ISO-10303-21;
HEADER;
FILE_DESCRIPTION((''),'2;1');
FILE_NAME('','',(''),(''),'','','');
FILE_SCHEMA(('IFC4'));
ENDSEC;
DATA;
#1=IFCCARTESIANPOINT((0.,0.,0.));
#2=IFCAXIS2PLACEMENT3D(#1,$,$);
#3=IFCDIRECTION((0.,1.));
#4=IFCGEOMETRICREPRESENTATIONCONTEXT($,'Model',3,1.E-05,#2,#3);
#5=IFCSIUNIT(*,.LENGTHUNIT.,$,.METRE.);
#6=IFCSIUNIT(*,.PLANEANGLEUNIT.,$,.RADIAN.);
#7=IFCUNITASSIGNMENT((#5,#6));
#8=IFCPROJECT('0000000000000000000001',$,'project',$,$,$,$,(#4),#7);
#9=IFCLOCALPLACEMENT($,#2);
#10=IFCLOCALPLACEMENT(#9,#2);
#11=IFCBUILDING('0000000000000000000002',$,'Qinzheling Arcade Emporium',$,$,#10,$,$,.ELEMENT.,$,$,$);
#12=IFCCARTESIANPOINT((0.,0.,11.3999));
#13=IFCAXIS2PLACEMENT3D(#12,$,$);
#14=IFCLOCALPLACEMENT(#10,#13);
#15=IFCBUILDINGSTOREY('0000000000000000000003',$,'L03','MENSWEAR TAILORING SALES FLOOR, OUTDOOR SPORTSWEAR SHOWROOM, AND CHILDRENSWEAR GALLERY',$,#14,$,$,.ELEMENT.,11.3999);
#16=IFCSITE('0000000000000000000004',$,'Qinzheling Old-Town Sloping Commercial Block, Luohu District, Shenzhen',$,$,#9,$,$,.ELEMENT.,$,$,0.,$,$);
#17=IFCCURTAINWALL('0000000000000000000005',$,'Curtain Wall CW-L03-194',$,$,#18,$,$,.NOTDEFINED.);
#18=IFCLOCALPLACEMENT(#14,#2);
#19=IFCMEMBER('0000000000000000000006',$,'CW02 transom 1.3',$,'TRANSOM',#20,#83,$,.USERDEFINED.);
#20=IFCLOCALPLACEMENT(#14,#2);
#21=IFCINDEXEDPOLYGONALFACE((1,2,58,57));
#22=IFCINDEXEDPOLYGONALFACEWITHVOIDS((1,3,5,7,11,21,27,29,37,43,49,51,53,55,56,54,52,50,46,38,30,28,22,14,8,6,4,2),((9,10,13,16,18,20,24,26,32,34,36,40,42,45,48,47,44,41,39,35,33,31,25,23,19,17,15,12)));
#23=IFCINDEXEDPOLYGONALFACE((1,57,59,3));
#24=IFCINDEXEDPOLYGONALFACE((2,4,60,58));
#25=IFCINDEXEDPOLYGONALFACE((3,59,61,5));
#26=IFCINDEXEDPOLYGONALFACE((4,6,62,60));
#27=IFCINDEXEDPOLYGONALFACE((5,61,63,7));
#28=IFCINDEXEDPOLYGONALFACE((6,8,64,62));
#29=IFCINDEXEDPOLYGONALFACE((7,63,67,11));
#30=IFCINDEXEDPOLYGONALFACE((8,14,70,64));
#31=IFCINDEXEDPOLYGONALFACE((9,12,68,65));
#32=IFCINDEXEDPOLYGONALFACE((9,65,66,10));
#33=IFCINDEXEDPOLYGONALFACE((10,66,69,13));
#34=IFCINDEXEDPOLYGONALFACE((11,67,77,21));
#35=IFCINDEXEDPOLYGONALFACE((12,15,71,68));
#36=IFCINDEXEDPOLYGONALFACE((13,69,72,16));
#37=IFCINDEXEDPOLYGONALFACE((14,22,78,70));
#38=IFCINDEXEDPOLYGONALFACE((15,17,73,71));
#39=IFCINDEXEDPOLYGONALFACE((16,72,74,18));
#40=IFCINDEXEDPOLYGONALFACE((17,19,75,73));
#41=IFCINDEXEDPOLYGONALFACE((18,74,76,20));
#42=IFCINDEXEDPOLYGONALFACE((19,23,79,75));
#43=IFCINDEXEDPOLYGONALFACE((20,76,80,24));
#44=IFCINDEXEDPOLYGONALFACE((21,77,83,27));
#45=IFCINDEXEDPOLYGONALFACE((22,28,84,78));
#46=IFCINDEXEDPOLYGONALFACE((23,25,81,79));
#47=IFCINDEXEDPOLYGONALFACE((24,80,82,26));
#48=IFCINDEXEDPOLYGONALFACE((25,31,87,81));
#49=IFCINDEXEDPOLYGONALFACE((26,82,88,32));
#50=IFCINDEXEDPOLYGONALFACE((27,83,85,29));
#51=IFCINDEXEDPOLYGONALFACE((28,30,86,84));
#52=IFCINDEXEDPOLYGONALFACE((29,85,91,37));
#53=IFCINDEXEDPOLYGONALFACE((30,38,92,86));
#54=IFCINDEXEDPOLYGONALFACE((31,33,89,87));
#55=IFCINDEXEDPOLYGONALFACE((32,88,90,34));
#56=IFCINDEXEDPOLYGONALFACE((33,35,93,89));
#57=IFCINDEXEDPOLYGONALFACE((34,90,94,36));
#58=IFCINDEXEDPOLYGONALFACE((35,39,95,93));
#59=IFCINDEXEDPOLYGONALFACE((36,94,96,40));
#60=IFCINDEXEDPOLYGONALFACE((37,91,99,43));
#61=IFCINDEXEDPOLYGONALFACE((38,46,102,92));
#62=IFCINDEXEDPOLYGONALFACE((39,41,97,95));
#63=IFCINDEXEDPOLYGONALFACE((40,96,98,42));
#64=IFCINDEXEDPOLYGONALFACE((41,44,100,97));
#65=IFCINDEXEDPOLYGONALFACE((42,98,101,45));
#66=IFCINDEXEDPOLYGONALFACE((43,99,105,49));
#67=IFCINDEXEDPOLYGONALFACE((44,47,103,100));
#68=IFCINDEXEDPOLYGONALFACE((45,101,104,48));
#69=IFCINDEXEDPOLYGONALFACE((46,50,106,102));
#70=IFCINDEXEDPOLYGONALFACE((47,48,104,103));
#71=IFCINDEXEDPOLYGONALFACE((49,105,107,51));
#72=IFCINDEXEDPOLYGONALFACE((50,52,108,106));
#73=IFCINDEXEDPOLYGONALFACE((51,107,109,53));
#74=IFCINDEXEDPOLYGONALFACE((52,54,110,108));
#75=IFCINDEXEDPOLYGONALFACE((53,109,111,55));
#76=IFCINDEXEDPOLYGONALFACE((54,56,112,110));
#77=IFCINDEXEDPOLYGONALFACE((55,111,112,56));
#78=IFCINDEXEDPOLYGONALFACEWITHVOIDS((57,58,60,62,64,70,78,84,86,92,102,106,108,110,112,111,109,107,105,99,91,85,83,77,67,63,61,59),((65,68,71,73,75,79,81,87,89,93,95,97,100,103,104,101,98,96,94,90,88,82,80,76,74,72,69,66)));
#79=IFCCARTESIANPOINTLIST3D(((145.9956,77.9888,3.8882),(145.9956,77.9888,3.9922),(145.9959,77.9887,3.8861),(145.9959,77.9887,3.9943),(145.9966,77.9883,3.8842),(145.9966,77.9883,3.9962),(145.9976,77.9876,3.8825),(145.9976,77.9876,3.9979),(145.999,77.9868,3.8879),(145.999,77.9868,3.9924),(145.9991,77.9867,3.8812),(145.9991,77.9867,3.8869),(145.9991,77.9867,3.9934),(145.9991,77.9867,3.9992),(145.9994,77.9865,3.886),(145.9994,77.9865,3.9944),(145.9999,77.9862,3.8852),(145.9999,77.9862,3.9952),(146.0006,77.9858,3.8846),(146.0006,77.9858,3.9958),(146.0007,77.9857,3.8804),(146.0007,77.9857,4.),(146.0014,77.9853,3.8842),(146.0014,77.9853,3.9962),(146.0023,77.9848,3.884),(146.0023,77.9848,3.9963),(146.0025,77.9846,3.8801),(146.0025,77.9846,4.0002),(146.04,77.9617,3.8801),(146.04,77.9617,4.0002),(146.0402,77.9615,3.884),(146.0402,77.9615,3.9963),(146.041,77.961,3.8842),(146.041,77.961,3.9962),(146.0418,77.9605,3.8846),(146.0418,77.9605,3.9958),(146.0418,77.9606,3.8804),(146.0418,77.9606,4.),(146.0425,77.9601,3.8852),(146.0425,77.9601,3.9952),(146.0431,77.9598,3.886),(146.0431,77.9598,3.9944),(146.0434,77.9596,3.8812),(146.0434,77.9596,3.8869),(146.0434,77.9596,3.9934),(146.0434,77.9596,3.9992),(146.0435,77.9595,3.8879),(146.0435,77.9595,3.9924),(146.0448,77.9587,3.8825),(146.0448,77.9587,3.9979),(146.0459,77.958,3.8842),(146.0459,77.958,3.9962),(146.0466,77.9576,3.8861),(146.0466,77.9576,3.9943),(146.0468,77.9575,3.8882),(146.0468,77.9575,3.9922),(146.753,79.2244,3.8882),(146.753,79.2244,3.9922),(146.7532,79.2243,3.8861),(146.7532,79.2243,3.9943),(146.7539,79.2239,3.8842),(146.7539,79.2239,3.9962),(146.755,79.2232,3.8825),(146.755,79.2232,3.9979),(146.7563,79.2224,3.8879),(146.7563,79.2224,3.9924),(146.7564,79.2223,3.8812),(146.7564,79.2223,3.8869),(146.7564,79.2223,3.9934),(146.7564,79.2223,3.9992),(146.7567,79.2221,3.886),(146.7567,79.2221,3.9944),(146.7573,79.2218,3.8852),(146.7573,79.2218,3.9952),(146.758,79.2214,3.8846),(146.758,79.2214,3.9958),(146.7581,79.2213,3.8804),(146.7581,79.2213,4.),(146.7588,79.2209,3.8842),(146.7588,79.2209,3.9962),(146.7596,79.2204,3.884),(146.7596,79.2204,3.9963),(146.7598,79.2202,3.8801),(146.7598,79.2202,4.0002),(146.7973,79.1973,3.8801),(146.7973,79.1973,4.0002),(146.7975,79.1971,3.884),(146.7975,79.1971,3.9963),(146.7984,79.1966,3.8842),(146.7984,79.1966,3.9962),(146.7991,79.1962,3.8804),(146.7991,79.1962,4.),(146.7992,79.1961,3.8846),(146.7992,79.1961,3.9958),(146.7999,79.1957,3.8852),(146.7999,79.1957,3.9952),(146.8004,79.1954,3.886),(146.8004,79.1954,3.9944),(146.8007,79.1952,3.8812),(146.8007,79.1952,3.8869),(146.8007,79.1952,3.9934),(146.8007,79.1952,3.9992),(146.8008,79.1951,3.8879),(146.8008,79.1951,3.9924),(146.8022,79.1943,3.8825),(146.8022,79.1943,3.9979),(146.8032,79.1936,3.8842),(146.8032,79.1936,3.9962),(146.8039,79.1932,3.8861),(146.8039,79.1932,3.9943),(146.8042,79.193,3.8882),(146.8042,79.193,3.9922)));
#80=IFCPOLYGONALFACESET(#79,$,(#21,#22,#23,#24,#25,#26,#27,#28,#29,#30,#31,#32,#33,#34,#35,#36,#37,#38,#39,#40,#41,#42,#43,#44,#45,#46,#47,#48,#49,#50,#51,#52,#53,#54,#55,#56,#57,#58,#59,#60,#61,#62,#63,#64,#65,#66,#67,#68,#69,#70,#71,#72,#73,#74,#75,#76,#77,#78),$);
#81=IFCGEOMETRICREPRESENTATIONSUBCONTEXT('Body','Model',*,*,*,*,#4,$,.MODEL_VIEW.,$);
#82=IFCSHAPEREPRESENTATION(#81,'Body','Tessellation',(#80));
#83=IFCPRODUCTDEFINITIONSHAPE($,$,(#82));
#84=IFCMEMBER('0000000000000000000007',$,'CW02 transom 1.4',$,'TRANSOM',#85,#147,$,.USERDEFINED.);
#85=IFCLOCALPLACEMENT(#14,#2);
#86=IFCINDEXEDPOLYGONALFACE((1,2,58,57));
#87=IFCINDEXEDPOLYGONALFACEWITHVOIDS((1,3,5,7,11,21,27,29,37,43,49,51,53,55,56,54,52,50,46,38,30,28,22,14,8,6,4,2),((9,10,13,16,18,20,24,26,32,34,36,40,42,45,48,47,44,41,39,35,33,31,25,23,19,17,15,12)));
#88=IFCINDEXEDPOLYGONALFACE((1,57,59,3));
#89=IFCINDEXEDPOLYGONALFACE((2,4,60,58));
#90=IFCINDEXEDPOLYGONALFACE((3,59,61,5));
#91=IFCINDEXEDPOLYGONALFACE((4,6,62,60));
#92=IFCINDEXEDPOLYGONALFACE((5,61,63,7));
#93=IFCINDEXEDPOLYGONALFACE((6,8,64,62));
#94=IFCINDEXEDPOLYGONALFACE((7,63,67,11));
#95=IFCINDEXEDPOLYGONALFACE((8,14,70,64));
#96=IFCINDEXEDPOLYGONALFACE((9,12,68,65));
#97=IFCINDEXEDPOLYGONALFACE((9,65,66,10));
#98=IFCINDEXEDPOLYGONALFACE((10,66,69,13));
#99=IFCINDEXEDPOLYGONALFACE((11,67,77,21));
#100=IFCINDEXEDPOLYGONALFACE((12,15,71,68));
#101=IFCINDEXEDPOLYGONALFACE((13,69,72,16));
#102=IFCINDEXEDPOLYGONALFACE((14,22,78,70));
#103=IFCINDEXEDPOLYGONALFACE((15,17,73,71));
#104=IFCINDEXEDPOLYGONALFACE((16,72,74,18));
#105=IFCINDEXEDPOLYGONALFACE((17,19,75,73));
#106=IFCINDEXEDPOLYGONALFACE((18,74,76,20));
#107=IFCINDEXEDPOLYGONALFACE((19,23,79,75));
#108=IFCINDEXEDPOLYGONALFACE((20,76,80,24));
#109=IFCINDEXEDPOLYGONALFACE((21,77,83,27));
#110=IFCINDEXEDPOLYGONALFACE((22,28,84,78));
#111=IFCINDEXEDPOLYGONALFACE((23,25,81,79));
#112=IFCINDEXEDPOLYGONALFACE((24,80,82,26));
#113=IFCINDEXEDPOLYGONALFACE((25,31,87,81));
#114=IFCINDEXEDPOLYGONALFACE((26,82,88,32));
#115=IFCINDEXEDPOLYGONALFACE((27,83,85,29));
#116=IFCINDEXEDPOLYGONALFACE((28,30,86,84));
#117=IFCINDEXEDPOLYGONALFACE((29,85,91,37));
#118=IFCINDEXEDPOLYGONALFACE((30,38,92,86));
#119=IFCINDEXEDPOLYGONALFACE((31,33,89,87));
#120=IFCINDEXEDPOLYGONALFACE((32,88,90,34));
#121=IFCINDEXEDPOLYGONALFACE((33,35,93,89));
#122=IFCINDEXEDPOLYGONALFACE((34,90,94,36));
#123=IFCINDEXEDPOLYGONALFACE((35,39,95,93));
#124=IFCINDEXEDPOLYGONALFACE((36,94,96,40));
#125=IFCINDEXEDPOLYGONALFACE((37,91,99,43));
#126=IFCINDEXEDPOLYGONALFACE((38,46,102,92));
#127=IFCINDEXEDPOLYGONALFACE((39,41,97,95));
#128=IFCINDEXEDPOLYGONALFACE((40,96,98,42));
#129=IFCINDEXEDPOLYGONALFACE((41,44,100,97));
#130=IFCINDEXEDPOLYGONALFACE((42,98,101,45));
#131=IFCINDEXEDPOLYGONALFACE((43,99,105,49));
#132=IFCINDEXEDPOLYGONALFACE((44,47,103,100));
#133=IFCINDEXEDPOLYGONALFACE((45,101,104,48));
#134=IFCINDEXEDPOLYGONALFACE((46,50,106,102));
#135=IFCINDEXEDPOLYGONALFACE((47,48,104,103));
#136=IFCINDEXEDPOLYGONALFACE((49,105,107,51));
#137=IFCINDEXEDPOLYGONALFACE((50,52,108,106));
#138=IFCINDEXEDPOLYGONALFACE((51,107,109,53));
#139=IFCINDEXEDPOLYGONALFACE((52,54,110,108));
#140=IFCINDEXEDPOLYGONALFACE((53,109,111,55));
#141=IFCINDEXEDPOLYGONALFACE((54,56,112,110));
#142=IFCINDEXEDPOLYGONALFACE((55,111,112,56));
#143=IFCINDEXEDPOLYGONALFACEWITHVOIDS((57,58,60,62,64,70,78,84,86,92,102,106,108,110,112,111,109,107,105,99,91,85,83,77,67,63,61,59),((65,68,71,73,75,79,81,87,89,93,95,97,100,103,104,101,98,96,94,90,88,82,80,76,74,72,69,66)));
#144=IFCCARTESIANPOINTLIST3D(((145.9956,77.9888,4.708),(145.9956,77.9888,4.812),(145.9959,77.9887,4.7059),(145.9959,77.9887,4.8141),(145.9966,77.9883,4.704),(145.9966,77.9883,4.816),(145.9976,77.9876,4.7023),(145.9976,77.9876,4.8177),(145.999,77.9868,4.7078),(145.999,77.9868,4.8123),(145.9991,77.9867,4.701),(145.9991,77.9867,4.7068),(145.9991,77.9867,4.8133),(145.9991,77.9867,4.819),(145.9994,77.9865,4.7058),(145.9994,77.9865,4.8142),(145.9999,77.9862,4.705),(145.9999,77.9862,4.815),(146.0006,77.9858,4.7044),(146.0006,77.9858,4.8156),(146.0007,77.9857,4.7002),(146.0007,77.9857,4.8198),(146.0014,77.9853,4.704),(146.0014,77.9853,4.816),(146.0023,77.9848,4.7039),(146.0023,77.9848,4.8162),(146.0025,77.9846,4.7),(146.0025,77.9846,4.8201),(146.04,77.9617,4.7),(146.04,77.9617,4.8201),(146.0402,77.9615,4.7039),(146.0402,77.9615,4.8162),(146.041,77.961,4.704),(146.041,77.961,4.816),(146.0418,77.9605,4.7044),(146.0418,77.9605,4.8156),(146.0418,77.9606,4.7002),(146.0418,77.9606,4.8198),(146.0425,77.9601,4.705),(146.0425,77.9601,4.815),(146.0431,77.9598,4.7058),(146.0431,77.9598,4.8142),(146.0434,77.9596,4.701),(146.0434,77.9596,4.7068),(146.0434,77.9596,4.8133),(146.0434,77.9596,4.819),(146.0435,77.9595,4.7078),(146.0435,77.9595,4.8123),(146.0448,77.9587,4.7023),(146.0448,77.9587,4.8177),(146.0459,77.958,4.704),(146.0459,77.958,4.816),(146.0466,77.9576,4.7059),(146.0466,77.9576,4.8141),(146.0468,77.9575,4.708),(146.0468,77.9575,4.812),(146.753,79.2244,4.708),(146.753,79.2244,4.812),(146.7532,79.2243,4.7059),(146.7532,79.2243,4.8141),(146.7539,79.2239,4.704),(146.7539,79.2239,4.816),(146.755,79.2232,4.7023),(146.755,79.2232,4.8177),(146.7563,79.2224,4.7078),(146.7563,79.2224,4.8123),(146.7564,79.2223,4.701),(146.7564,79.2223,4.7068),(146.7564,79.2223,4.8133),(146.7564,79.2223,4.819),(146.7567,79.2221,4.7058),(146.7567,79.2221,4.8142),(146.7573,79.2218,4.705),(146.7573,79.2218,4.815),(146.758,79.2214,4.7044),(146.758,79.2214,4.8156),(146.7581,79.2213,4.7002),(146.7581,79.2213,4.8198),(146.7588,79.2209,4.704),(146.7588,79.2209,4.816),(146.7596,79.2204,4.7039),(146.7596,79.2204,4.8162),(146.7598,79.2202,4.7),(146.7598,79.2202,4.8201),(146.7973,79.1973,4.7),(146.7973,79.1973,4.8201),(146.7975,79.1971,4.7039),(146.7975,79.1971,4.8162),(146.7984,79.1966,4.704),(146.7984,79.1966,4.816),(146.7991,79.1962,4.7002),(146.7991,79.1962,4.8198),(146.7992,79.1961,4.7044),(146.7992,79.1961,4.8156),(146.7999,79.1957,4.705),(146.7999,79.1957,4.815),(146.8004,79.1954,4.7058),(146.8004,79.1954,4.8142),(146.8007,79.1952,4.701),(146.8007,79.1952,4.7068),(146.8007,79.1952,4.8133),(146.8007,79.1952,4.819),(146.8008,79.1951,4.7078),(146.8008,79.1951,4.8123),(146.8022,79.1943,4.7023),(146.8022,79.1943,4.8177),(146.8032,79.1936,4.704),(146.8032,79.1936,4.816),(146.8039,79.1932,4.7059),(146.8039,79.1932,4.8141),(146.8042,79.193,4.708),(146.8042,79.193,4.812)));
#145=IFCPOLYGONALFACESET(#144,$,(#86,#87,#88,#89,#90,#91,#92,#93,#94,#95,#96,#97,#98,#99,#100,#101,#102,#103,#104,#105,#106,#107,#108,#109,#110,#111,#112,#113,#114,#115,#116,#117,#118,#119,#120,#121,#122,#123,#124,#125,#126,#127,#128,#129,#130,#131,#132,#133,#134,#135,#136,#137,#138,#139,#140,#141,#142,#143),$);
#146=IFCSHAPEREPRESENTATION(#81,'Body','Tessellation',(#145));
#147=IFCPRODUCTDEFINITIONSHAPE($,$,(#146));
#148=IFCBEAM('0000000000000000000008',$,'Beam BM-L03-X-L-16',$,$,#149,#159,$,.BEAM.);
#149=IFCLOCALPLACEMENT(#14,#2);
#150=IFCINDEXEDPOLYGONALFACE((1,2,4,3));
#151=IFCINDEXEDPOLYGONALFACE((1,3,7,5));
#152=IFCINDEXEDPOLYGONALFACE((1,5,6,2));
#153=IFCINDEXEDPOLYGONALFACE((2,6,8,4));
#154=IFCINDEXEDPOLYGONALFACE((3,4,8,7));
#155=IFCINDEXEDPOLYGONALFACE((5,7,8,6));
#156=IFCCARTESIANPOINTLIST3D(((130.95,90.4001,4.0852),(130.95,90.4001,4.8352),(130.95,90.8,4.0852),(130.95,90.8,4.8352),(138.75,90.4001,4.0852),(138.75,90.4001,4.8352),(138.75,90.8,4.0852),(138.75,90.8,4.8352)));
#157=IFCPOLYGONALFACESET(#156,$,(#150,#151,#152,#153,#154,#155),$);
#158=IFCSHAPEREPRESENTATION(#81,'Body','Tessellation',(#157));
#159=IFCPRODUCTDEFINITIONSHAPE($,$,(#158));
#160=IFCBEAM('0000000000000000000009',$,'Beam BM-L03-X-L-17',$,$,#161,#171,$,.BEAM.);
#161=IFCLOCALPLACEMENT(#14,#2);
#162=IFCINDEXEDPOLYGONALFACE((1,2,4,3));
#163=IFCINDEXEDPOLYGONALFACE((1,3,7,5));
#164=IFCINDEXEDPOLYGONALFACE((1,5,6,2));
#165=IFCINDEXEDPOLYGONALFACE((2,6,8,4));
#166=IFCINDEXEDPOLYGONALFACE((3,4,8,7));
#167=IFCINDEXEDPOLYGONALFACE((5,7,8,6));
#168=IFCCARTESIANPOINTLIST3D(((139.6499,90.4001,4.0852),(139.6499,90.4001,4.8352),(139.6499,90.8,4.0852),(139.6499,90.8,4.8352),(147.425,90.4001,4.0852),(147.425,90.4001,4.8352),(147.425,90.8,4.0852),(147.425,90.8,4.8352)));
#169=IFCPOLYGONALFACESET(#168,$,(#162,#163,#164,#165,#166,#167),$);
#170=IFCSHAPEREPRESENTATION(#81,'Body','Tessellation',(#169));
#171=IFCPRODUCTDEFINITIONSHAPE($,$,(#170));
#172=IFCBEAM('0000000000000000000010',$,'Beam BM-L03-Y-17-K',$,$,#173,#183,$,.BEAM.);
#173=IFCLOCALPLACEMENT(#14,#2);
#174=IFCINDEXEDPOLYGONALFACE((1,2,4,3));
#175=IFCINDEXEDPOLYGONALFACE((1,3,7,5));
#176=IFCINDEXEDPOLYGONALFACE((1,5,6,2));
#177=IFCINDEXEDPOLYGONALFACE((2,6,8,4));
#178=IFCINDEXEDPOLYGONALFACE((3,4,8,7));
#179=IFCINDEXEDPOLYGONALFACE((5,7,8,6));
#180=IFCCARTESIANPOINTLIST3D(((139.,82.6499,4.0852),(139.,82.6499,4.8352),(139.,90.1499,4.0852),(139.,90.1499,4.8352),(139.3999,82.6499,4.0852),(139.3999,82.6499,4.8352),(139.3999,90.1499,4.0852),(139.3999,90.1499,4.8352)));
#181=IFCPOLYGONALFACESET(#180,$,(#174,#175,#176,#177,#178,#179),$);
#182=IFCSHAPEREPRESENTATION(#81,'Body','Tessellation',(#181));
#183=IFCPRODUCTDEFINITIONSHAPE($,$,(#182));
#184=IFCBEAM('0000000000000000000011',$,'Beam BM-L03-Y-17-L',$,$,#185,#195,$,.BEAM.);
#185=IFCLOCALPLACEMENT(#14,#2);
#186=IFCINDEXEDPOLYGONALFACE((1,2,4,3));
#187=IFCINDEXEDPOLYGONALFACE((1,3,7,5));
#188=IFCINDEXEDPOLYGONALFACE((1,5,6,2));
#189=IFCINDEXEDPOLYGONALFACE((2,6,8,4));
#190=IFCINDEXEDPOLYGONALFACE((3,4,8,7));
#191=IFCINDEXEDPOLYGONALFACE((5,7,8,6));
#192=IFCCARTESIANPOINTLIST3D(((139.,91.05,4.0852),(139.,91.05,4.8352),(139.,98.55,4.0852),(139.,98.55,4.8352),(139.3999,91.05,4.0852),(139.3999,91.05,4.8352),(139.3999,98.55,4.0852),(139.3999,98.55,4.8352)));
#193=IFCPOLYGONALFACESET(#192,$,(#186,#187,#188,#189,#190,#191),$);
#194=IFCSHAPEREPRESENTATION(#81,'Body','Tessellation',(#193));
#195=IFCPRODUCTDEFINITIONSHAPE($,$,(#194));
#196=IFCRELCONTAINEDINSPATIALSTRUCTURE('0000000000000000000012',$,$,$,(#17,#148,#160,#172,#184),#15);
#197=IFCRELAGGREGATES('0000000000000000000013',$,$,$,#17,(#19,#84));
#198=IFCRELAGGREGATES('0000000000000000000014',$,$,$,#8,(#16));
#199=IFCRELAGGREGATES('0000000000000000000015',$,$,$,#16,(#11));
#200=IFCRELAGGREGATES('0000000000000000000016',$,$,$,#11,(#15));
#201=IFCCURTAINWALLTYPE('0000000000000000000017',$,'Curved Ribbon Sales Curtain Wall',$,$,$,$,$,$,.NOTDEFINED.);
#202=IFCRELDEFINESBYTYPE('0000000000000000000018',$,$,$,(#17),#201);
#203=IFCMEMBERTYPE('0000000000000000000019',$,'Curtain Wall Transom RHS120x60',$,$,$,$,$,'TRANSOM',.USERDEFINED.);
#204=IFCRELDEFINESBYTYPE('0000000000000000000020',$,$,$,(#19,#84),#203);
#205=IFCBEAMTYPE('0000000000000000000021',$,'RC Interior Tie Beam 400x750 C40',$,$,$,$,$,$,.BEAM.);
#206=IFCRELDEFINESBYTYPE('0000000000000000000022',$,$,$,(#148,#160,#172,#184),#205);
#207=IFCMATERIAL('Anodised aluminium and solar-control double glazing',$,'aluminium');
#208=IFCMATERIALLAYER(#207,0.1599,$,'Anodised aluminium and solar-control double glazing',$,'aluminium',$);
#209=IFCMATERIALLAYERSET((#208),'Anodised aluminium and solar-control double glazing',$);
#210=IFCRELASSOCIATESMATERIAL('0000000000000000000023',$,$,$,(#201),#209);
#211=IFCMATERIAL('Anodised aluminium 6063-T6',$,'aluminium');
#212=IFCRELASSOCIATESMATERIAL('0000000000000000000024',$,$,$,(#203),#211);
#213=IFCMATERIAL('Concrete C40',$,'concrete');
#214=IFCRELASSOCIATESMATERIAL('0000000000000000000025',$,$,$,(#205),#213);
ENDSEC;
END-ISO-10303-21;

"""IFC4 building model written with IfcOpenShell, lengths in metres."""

from ifc_helpers import new_model, si_unit, direction, frame, origin, origin_2d, place, context, subcontext, project, spatial, rectangle, hollow_rectangle, extrude, material, layer, layer_set, material_profile, profile_set, type_object, element, aggregate, save


model = new_model("IFC4")

# Units and contexts
model_context = context("Model", 3, precision=1e-05, world=origin(), true_north=direction((0.0, 1.0)))
body_context = subcontext(model_context, "Body", "Model", "MODEL_VIEW")
ifc_project = project(units=[si_unit("LENGTHUNIT", "METRE"), si_unit("PLANEANGLEUNIT", "RADIAN")], contexts=[model_context])

# Site, building, storey
site_placement = place(None, origin())
site = spatial("IfcSite", under=ifc_project, at=site_placement, Name="Qinzheling Old-Town Sloping Commercial Block, Luohu District, Shenzhen", CompositionType="ELEMENT", RefElevation=0.0)
building_placement = place(site_placement, origin())
building = spatial("IfcBuilding", under=site, at=building_placement, Name="Qinzheling Arcade Emporium", CompositionType="ELEMENT")
storey_placement = place(building_placement, frame((0.0, 0.0, 11.3999)))
storey = spatial("IfcBuildingStorey", under=building, at=storey_placement, Name="L03", Description="MENSWEAR TAILORING SALES FLOOR, OUTDOOR SPORTSWEAR SHOWROOM, AND CHILDRENSWEAR GALLERY", CompositionType="ELEMENT", Elevation=11.3999)

# Curtain wall
ifc_material_1 = material(Name="Anodised aluminium and solar-control double glazing", Category="aluminium")
ifc_layer_1 = layer(ifc_material_1, 0.1599, Name="Anodised aluminium and solar-control double glazing", Category="aluminium")
ifc_layer_set_1 = layer_set([ifc_layer_1], Name="Anodised aluminium and solar-control double glazing")
curtain_wall_type = type_object("IfcCurtainWallType", Name="Curved Ribbon Sales Curtain Wall", PredefinedType="NOTDEFINED", material=ifc_layer_set_1)
ifc_material_2 = material(Name="Anodised aluminium 6063-T6", Category="aluminium")
curtain_wall_1_placement = place(storey_placement, origin())
curtain_wall_1 = element("IfcCurtainWall", 1, at=curtain_wall_1_placement, inside=storey, type_object=curtain_wall_type, Name="Curtain Wall CW-L03-194", PredefinedType="NOTDEFINED")

# Members
ifc_material_profile_1 = material_profile(ifc_material_2, hollow_rectangle(XDim=0.0601, YDim=0.1201, WallThickness=0.0039, InnerFilletRadius=0.0039, OuterFilletRadius=0.0081, at=origin_2d()), Name="RHS 120x60x4", Category="aluminium")
ifc_profile_set_1 = profile_set([ifc_material_profile_1], Name="Anodised aluminium 6063-T6")
member_type_1 = type_object("IfcMemberType", Name="Curtain Wall Transom RHS120x60", ElementType="TRANSOM", PredefinedType="USERDEFINED", material=ifc_profile_set_1)
member_1_placement = place(storey_placement, frame((146.7786, 79.2087, 3.9402), z_axis=(-0.522574, -0.852594, 0.0), x_axis=(0.852594, -0.522574, 0.0)))
member_1 = element("IfcMember", 2, at=member_1_placement, type_object=member_type_1, Name="CW02 transom 1.3", ObjectType="TRANSOM", PredefinedType="USERDEFINED", context=body_context, shape_type="SweptSolid", body=[
    extrude(hollow_rectangle(XDim=0.0601, YDim=0.1201, WallThickness=0.0039, InnerFilletRadius=0.0039, OuterFilletRadius=0.0081, at=origin_2d()), origin(), (0.0, 0.0, 1.0), 1.4492),
])
member_2_placement = place(storey_placement, frame((146.7786, 79.2087, 4.76), z_axis=(-0.522574, -0.852594, 0.0), x_axis=(0.852594, -0.522574, 0.0)))
member_2 = element("IfcMember", 3, at=member_2_placement, type_object=member_type_1, Name="CW02 transom 1.4", ObjectType="TRANSOM", PredefinedType="USERDEFINED", context=body_context, shape_type="SweptSolid", body=[
    extrude(hollow_rectangle(XDim=0.0601, YDim=0.1201, WallThickness=0.0039, InnerFilletRadius=0.0039, OuterFilletRadius=0.0081, at=origin_2d()), origin(), (0.0, 0.0, 1.0), 1.4492),
])
aggregate(curtain_wall_1, [member_1, member_2])

# Beams
ifc_material_3 = material(Name="Concrete C40", Category="concrete")
ifc_material_profile_2 = material_profile(ifc_material_3, rectangle(XDim=0.3999, YDim=0.75, at=origin_2d()), Name="RC 400x750", Category="concrete")
ifc_profile_set_2 = profile_set([ifc_material_profile_2], Name="Concrete C40")
beam_type = type_object("IfcBeamType", Name="RC Interior Tie Beam 400x750 C40", PredefinedType="BEAM", material=ifc_profile_set_2)
beam_1_placement = place(storey_placement, frame((130.95, 90.6001, 4.4602), z_axis=(1.0, 0.0, 0.0), x_axis=(0.0, 1.0, 0.0)))
element("IfcBeam", 4, at=beam_1_placement, inside=storey, type_object=beam_type, Name="Beam BM-L03-X-L-16", PredefinedType="BEAM", context=body_context, shape_type="SweptSolid", body=[
    extrude(rectangle(XDim=0.3999, YDim=0.75, at=origin_2d()), origin(), (0.0, 0.0, 1.0), 7.8),
])
beam_2_placement = place(storey_placement, frame((139.6499, 90.6001, 4.4602), z_axis=(1.0, 0.0, 0.0), x_axis=(0.0, 1.0, 0.0)))
element("IfcBeam", 5, at=beam_2_placement, inside=storey, type_object=beam_type, Name="Beam BM-L03-X-L-17", PredefinedType="BEAM", context=body_context, shape_type="SweptSolid", body=[
    extrude(rectangle(XDim=0.3999, YDim=0.75, at=origin_2d()), origin(), (0.0, 0.0, 1.0), 7.7751),
])
for number, where, z_axis, x_axis, name in (
    (6, (139.2, 82.6499, 4.4602), (0.0, 1.0, 0.0), (-1.0, 0.0, 0.0), "Beam BM-L03-Y-17-K"),
    (7, (139.2, 91.05, 4.4602), (0.0, 1.0, 0.0), (-1.0, 0.0, 0.0), "Beam BM-L03-Y-17-L"),
):
    element("IfcBeam", number, at=place(storey_placement, frame(where, z_axis=z_axis, x_axis=x_axis)), inside=storey, type_object=beam_type, Name=name, PredefinedType="BEAM", context=body_context, shape_type="SweptSolid", body=[
        extrude(rectangle(XDim=0.3999, YDim=0.75, at=origin_2d()), origin(), (0.0, 0.0, 1.0), 7.5),
    ])

save(model, "model.ifc")
